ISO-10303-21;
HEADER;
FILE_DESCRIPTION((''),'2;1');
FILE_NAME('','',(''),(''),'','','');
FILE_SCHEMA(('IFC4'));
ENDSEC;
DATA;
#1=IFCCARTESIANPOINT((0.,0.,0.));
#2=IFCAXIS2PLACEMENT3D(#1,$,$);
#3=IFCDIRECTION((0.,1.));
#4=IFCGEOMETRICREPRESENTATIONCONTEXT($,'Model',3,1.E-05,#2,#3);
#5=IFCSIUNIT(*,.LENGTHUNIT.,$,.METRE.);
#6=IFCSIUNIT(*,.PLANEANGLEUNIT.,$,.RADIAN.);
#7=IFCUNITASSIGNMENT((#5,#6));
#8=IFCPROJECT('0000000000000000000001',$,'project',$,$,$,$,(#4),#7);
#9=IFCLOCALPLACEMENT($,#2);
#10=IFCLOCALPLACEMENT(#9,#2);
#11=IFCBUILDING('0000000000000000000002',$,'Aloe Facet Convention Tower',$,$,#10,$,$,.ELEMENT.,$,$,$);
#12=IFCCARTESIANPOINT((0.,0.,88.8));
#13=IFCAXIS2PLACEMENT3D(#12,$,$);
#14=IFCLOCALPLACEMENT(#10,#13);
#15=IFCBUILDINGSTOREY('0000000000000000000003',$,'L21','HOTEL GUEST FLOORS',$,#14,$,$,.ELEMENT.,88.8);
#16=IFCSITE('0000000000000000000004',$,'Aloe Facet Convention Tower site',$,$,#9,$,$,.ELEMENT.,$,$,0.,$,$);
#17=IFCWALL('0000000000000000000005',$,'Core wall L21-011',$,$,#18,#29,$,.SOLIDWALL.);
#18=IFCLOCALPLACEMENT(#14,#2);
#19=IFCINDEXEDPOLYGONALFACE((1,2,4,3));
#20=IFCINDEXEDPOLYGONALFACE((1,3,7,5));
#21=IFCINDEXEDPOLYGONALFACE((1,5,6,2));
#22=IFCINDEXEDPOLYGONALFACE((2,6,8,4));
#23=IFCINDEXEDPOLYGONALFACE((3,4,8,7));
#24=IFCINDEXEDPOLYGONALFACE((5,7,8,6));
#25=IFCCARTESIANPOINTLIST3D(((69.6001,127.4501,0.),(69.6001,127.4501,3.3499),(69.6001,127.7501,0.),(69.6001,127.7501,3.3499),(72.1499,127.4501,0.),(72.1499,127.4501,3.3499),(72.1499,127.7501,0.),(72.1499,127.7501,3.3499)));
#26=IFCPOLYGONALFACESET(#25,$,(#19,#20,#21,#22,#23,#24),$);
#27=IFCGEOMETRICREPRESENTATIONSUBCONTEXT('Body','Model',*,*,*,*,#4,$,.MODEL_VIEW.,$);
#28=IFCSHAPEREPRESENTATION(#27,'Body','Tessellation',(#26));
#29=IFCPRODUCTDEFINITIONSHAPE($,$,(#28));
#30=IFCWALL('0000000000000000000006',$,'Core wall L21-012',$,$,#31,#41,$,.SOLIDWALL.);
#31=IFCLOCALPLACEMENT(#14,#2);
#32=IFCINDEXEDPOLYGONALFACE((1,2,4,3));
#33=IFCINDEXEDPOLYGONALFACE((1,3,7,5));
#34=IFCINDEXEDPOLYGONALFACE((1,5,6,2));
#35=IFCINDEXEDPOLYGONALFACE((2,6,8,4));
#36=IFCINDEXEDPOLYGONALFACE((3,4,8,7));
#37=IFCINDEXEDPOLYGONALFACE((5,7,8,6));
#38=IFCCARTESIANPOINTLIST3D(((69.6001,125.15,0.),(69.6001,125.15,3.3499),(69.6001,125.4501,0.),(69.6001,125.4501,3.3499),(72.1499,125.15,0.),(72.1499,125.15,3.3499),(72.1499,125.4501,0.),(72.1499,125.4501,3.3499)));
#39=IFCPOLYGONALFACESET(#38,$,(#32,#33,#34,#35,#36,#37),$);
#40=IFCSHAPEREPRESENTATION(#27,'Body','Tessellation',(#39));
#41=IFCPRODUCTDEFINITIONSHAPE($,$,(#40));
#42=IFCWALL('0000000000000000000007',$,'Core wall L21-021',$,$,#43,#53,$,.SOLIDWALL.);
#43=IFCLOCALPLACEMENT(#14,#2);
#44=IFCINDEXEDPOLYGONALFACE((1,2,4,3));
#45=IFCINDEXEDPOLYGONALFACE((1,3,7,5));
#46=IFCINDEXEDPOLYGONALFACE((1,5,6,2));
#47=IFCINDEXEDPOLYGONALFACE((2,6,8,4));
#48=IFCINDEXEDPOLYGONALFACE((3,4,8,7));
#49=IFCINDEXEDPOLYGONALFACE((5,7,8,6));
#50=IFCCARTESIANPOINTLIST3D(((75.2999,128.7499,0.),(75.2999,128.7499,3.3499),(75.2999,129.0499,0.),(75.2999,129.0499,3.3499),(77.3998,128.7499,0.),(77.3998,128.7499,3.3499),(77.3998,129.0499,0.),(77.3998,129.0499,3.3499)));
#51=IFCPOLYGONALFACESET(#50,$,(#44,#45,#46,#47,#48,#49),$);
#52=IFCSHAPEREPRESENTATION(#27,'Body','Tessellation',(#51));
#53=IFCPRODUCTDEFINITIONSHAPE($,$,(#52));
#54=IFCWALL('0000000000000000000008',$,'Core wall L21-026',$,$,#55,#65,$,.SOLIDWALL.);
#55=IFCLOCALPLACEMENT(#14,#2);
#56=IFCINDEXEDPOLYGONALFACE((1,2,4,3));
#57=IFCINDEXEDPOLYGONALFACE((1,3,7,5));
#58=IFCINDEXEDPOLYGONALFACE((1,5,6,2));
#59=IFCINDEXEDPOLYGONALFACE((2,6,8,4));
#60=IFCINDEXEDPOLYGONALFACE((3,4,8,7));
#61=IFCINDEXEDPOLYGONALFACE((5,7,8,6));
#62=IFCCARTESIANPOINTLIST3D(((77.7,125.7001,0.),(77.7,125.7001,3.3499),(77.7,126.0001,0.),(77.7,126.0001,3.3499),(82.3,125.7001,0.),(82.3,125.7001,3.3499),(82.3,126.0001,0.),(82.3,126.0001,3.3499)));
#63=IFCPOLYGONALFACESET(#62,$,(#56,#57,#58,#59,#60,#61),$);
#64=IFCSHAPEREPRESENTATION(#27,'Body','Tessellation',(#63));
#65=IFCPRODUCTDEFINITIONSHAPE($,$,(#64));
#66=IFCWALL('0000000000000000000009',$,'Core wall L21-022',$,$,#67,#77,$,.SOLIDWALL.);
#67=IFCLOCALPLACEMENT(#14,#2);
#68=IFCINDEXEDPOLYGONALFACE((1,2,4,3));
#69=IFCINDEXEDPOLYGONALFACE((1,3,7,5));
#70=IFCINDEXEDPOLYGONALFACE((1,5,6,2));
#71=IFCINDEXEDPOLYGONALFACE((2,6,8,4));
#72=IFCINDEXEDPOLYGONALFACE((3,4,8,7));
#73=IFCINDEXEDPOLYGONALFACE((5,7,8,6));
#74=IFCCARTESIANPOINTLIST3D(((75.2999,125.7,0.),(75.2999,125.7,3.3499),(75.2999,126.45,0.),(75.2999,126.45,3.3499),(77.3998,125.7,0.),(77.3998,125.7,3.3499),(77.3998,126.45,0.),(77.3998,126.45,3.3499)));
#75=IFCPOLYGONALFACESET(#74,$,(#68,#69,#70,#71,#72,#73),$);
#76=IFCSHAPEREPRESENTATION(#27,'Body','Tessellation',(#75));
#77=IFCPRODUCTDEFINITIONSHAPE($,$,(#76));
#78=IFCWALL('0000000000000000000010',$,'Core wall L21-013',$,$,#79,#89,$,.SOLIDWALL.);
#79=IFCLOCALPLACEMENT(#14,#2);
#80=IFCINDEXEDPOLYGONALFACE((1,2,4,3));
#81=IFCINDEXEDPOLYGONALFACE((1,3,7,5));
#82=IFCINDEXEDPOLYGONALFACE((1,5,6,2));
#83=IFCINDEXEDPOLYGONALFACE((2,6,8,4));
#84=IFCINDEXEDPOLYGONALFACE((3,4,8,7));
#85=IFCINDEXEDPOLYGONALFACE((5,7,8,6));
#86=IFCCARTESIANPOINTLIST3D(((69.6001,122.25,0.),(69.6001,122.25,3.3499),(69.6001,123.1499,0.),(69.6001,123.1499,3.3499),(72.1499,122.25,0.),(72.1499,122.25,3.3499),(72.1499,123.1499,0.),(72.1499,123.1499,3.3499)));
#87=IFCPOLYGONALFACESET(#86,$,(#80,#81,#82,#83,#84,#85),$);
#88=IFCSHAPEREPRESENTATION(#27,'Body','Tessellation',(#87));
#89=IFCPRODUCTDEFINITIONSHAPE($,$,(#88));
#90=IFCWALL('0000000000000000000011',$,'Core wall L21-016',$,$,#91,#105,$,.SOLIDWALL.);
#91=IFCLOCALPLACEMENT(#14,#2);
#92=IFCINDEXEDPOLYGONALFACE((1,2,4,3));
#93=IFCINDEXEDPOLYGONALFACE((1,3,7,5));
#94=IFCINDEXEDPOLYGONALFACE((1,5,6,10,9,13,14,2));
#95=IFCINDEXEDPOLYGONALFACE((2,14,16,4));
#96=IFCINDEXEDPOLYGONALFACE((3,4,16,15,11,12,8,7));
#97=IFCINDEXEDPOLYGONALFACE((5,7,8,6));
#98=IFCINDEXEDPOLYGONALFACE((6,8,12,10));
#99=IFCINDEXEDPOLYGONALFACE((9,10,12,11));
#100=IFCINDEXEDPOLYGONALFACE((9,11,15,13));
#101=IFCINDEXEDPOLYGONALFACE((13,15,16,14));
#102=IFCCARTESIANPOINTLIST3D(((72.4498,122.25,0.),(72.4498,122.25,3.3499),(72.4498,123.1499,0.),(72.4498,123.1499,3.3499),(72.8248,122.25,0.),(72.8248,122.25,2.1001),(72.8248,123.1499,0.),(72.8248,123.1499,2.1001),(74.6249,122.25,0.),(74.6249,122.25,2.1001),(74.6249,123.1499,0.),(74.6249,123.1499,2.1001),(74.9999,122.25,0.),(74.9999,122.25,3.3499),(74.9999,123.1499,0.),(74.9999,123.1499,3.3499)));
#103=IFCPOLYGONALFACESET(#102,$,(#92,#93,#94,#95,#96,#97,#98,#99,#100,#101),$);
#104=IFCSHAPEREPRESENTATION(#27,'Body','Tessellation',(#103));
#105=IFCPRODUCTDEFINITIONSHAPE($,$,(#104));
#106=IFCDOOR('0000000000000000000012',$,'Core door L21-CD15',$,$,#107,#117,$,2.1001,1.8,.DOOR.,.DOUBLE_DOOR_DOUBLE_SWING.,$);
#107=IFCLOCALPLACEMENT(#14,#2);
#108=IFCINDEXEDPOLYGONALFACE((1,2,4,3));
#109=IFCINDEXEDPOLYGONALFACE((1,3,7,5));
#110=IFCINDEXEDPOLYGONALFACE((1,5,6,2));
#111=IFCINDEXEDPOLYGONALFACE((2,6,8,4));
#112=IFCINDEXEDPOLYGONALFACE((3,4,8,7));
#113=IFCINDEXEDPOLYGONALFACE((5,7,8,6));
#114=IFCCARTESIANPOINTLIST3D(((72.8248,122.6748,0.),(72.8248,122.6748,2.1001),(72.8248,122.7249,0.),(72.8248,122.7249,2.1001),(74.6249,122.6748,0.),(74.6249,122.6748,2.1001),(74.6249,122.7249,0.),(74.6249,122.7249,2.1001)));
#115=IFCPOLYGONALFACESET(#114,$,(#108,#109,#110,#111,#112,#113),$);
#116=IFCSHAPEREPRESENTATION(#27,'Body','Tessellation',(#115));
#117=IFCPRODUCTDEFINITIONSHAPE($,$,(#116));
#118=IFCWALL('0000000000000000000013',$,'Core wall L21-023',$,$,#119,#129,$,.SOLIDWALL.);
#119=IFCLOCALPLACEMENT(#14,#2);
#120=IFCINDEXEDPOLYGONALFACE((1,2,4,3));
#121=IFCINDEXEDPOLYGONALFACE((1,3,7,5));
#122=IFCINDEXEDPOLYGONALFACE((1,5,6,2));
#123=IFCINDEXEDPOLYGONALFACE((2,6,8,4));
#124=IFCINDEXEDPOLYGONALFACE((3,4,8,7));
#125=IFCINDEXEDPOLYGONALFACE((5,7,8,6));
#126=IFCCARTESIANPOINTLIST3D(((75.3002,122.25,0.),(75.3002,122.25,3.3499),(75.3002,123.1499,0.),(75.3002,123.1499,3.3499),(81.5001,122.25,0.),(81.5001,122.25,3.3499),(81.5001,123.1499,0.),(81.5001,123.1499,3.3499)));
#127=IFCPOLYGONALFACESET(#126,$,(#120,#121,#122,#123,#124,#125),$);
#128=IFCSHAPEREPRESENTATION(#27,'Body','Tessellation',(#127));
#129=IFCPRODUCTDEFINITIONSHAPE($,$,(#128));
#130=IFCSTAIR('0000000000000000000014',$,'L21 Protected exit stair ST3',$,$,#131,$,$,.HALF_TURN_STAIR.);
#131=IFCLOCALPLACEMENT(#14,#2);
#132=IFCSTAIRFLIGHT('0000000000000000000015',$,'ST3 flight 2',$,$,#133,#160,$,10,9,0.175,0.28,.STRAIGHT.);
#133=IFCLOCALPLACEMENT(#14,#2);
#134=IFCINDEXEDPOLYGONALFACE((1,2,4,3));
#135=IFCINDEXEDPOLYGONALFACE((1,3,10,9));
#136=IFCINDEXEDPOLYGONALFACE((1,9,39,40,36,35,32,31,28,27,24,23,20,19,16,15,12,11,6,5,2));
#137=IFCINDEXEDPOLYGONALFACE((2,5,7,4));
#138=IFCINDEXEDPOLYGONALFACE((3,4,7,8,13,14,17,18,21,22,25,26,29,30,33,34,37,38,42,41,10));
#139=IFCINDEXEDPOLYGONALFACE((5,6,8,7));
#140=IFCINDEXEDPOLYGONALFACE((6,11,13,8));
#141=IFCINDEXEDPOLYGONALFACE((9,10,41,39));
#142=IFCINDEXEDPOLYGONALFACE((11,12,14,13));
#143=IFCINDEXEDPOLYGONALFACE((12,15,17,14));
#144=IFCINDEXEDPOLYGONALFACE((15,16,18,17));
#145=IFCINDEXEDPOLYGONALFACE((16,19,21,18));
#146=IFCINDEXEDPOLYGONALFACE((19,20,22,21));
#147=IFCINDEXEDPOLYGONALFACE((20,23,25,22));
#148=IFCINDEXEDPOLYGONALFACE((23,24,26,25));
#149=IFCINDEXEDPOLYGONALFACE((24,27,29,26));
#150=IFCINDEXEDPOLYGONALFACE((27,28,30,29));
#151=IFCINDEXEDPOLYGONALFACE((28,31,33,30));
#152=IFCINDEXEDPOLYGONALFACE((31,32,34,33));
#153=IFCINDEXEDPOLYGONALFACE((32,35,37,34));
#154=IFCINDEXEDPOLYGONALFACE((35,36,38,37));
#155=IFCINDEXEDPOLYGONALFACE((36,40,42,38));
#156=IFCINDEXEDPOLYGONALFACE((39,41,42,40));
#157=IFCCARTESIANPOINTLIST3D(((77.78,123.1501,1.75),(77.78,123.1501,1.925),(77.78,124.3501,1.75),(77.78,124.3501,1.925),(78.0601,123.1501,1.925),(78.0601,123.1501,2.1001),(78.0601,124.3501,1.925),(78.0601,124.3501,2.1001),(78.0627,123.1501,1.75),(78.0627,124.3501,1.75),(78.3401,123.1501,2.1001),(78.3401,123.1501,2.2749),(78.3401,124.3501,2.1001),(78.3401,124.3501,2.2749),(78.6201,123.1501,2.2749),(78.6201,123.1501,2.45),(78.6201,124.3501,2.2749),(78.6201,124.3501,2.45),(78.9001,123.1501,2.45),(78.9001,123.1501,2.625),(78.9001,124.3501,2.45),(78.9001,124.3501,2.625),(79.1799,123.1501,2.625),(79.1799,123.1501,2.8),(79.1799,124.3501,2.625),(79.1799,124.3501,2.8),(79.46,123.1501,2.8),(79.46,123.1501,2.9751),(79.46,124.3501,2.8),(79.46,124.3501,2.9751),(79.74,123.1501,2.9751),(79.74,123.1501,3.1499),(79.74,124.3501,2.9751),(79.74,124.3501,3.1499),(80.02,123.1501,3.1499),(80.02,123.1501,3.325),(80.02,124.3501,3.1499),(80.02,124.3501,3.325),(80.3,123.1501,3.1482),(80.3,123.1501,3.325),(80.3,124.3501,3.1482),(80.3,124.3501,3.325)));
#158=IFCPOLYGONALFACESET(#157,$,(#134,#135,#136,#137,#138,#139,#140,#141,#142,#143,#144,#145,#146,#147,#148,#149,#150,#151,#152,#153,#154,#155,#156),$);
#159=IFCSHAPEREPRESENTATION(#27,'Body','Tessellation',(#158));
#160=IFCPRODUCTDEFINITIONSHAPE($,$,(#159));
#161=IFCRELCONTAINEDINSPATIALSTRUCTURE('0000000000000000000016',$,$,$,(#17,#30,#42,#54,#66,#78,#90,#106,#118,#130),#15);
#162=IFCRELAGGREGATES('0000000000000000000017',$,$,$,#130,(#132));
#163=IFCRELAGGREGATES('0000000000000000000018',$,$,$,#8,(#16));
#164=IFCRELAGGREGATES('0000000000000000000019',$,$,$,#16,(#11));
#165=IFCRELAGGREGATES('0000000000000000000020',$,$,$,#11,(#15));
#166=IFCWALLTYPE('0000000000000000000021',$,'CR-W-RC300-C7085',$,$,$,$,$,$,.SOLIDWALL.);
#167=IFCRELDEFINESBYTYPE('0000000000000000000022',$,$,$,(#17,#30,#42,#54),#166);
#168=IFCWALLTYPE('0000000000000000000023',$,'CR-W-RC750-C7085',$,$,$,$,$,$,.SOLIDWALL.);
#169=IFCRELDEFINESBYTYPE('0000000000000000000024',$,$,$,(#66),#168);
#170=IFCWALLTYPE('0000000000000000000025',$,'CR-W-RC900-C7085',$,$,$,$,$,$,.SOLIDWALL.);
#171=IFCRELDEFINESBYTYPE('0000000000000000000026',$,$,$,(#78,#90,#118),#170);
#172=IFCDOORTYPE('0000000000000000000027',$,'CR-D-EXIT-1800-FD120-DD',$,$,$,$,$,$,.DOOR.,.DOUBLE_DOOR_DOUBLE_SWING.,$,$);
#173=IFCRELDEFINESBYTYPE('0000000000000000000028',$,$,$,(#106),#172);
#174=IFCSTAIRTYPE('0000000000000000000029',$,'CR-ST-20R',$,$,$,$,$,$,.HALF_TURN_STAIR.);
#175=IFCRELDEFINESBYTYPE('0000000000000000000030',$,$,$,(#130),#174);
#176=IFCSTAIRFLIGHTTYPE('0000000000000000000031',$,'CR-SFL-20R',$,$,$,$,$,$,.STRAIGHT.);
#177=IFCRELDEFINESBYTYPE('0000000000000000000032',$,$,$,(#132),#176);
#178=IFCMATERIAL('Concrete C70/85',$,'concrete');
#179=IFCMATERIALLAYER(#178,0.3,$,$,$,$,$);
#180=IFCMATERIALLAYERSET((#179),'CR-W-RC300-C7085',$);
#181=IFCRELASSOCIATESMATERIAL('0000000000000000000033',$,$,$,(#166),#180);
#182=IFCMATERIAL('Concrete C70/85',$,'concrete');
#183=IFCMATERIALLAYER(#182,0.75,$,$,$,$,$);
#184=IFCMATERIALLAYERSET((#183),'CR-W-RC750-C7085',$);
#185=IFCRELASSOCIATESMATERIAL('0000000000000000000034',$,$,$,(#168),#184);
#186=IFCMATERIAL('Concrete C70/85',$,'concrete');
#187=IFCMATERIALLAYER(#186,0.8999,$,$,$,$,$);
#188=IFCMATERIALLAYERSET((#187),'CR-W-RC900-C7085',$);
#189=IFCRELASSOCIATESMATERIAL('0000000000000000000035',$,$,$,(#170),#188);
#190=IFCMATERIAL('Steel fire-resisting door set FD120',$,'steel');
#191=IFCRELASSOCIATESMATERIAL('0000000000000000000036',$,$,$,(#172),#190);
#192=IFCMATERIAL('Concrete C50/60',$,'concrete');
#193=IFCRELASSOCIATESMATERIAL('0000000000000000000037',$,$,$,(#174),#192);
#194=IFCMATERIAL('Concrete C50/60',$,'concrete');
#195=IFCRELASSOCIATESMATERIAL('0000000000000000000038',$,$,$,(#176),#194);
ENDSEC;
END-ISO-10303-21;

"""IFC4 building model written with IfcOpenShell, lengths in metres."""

from ifc_helpers import new_model, si_unit, direction, frame, frame_2d, origin, place, context, subcontext, project, spatial, polyline, rectangle, outline, extrude, material, layer, layer_set, type_object, element, fill, aggregate, save


model = new_model("IFC4")

# Units and contexts
model_context = context("Model", 3, precision=1e-05, world=origin(), true_north=direction((0.0, 1.0)))
body_context = subcontext(model_context, "Body", "Model", "MODEL_VIEW")
ifc_project = project(units=[si_unit("LENGTHUNIT", "METRE"), si_unit("PLANEANGLEUNIT", "RADIAN")], contexts=[model_context])

# Site, building, storey
site_placement = place(None, origin())
site = spatial("IfcSite", under=ifc_project, at=site_placement, Name="Aloe Facet Convention Tower site", CompositionType="ELEMENT", RefElevation=0.0)
building_placement = place(site_placement, origin())
building = spatial("IfcBuilding", under=site, at=building_placement, Name="Aloe Facet Convention Tower", CompositionType="ELEMENT")
storey_placement = place(building_placement, frame((0.0, 0.0, 88.8)))
storey = spatial("IfcBuildingStorey", under=building, at=storey_placement, Name="L21", Description="HOTEL GUEST FLOORS", CompositionType="ELEMENT", Elevation=88.8)

# Walls
ifc_material_1 = material(Name="Concrete C70/85", Category="concrete")
ifc_layer_1 = layer(ifc_material_1, 0.3)
ifc_layer_set_1 = layer_set([ifc_layer_1], Name="CR-W-RC300-C7085")
wall_type_1 = type_object("IfcWallType", Name="CR-W-RC300-C7085", PredefinedType="SOLIDWALL", material=ifc_layer_set_1)
for number, where, z_axis, x_axis, name in (
    (1, (69.6001, 127.6001, 0.0), (0.0, 0.0, 1.0), (1.0, 0.0, 0.0), "Core wall L21-011"),
    (2, (69.6001, 125.3, 0.0), (0.0, 0.0, 1.0), (1.0, 0.0, 0.0), "Core wall L21-012"),
):
    element("IfcWall", number, at=place(storey_placement, frame(where, z_axis=z_axis, x_axis=x_axis)), inside=storey, type_object=wall_type_1, Name=name, PredefinedType="SOLIDWALL", context=body_context, shape_type="SweptSolid", body=[
        extrude(rectangle(XDim=2.5498, YDim=0.3, at=frame_2d((1.2749, 0.0))), origin(), (0.0, 0.0, 1.0), 3.3499),
    ])
wall_1_placement = place(storey_placement, frame((75.3, 128.8999, 0.0), z_axis=(0.0, 0.0, 1.0), x_axis=(1.0, 0.0, 0.0)))
element("IfcWall", 3, at=wall_1_placement, inside=storey, type_object=wall_type_1, Name="Core wall L21-021", PredefinedType="SOLIDWALL", context=body_context, shape_type="SweptSolid", body=[
    extrude(rectangle(XDim=2.0999, YDim=0.3, at=frame_2d((1.0498, 0.0))), origin(), (0.0, 0.0, 1.0), 3.3499),
])
wall_2_placement = place(storey_placement, frame((77.7, 125.8501, 0.0), z_axis=(0.0, 0.0, 1.0), x_axis=(1.0, 0.0, 0.0)))
element("IfcWall", 4, at=wall_2_placement, inside=storey, type_object=wall_type_1, Name="Core wall L21-026", PredefinedType="SOLIDWALL", context=body_context, shape_type="SweptSolid", body=[
    extrude(rectangle(XDim=4.6001, YDim=0.3, at=frame_2d((2.3, 0.0))), origin(), (0.0, 0.0, 1.0), 3.3499),
])
ifc_material_2 = material(Name="Concrete C70/85", Category="concrete")
ifc_layer_2 = layer(ifc_material_2, 0.75)
ifc_layer_set_2 = layer_set([ifc_layer_2], Name="CR-W-RC750-C7085")
wall_type_2 = type_object("IfcWallType", Name="CR-W-RC750-C7085", PredefinedType="SOLIDWALL", material=ifc_layer_set_2)
wall_3_placement = place(storey_placement, frame((75.3, 126.075, 0.0), z_axis=(0.0, 0.0, 1.0), x_axis=(1.0, 0.0, 0.0)))
element("IfcWall", 5, at=wall_3_placement, inside=storey, type_object=wall_type_2, Name="Core wall L21-022", PredefinedType="SOLIDWALL", context=body_context, shape_type="SweptSolid", body=[
    extrude(rectangle(XDim=2.0999, YDim=0.75, at=frame_2d((1.0498, 0.0))), origin(), (0.0, 0.0, 1.0), 3.3499),
])
ifc_material_3 = material(Name="Concrete C70/85", Category="concrete")
ifc_layer_3 = layer(ifc_material_3, 0.8999)
ifc_layer_set_3 = layer_set([ifc_layer_3], Name="CR-W-RC900-C7085")
wall_type_3 = type_object("IfcWallType", Name="CR-W-RC900-C7085", PredefinedType="SOLIDWALL", material=ifc_layer_set_3)
wall_4_placement = place(storey_placement, frame((69.6001, 122.7, 0.0), z_axis=(0.0, 0.0, 1.0), x_axis=(1.0, 0.0, 0.0)))
element("IfcWall", 6, at=wall_4_placement, inside=storey, type_object=wall_type_3, Name="Core wall L21-013", PredefinedType="SOLIDWALL", context=body_context, shape_type="SweptSolid", body=[
    extrude(rectangle(XDim=2.5498, YDim=0.8999, at=frame_2d((1.2749, 0.0))), origin(), (0.0, 0.0, 1.0), 3.3499),
])

# Wall, opening, door
wall_5_placement = place(storey_placement, frame((72.45, 122.7, 0.0), z_axis=(0.0, 0.0, 1.0), x_axis=(1.0, 0.0, 0.0)))
wall_5 = element("IfcWall", 7, at=wall_5_placement, inside=storey, type_object=wall_type_3, Name="Core wall L21-016", PredefinedType="SOLIDWALL", context=body_context, shape_type="SweptSolid", body=[
    extrude(rectangle(XDim=2.55, YDim=0.8999, at=frame_2d((1.2749, 0.0))), origin(), (0.0, 0.0, 1.0), 3.3499),
])
opening_placement = place(wall_5_placement, frame((0.375, 0.0, 0.0)))
opening = element("IfcOpeningElement", 8, at=opening_placement, cuts=wall_5, PredefinedType="OPENING", context=body_context, shape_type="SweptSolid", body=[
    extrude(rectangle(XDim=1.8, YDim=2.1001, at=frame_2d((0.8999, 1.05))), frame((0.0, 0.46, 0.0), z_axis=(0.0, -1.0, 0.0), x_axis=(1.0, 0.0, 0.0)), (0.0, 0.0, 1.0), 0.9199),
])
ifc_material_4 = material(Name="Steel fire-resisting door set FD120", Category="steel")
door_type = type_object("IfcDoorType", Name="CR-D-EXIT-1800-FD120-DD", OperationType="DOUBLE_DOOR_DOUBLE_SWING", PredefinedType="DOOR", material=ifc_material_4)
door_placement = place(opening_placement, origin())
door = element("IfcDoor", 9, at=door_placement, inside=storey, type_object=door_type, Name="Core door L21-CD15", OperationType="DOUBLE_DOOR_DOUBLE_SWING", OverallHeight=2.1001, OverallWidth=1.8, PredefinedType="DOOR", context=body_context, shape_type="SweptSolid", body=[
    extrude(rectangle(XDim=1.8, YDim=2.1001, at=frame_2d((0.8999, 1.05))), frame((0.0, 0.0249, 0.0), z_axis=(0.0, -1.0, 0.0), x_axis=(1.0, 0.0, 0.0)), (0.0, 0.0, 1.0), 0.05),
])
fill(opening, door)

# Wall
wall_6_placement = place(storey_placement, frame((75.3, 122.7, 0.0), z_axis=(0.0, 0.0, 1.0), x_axis=(1.0, 0.0, 0.0)))
element("IfcWall", 10, at=wall_6_placement, inside=storey, type_object=wall_type_3, Name="Core wall L21-023", PredefinedType="SOLIDWALL", context=body_context, shape_type="SweptSolid", body=[
    extrude(rectangle(XDim=6.2, YDim=0.8999, at=frame_2d((3.1001, 0.0))), origin(), (0.0, 0.0, 1.0), 3.3499),
])

# Stair, stair flight
ifc_material_5 = material(Name="Concrete C50/60", Category="concrete")
stair_type = type_object("IfcStairType", Name="CR-ST-20R", PredefinedType="HALF_TURN_STAIR", material=ifc_material_5)
stair_placement = place(storey_placement, origin())
stair = element("IfcStair", 11, at=stair_placement, inside=storey, type_object=stair_type, Name="L21 Protected exit stair ST3", PredefinedType="HALF_TURN_STAIR")
ifc_material_6 = material(Name="Concrete C50/60", Category="concrete")
stair_flight_type = type_object("IfcStairFlightType", Name="CR-SFL-20R", PredefinedType="STRAIGHT", material=ifc_material_6)
stair_flight_placement = place(storey_placement, frame((77.78, 123.75, 1.75), z_axis=(0.0, 0.0, 1.0), x_axis=(1.0, 0.0, 0.0)))
stair_flight = element("IfcStairFlight", 12, at=stair_flight_placement, type_object=stair_flight_type, Name="ST3 flight 2", NumberOfRisers=10, NumberOfTreads=9, PredefinedType="STRAIGHT", RiserHeight=0.175, TreadLength=0.28, context=body_context, shape_type="SweptSolid", body=[
    extrude(outline(polyline([(0.0, 0.0), (0.0, 0.175), (0.28, 0.175), (0.28, 0.3501), (0.5601, 0.3501), (0.5601, 0.5249), (0.8401, 0.5249), (0.8401, 0.7), (1.1201, 0.7), (1.1201, 0.875), (1.3999, 0.875), (1.3999, 1.05), (1.6799, 1.05), (1.6799, 1.2251), (1.96, 1.2251), (1.96, 1.3999), (2.24, 1.3999), (2.24, 1.575), (2.52, 1.575), (2.52, 1.75), (2.52, 1.3982), (0.2827, 0.0), (0.0, 0.0)])), frame((0.0, 0.6001, 0.0), z_axis=(0.0, -1.0, 0.0), x_axis=(1.0, 0.0, 0.0)), (0.0, 0.0, 1.0), 1.2),
])
aggregate(stair, [stair_flight])

save(model, "model.ifc")
